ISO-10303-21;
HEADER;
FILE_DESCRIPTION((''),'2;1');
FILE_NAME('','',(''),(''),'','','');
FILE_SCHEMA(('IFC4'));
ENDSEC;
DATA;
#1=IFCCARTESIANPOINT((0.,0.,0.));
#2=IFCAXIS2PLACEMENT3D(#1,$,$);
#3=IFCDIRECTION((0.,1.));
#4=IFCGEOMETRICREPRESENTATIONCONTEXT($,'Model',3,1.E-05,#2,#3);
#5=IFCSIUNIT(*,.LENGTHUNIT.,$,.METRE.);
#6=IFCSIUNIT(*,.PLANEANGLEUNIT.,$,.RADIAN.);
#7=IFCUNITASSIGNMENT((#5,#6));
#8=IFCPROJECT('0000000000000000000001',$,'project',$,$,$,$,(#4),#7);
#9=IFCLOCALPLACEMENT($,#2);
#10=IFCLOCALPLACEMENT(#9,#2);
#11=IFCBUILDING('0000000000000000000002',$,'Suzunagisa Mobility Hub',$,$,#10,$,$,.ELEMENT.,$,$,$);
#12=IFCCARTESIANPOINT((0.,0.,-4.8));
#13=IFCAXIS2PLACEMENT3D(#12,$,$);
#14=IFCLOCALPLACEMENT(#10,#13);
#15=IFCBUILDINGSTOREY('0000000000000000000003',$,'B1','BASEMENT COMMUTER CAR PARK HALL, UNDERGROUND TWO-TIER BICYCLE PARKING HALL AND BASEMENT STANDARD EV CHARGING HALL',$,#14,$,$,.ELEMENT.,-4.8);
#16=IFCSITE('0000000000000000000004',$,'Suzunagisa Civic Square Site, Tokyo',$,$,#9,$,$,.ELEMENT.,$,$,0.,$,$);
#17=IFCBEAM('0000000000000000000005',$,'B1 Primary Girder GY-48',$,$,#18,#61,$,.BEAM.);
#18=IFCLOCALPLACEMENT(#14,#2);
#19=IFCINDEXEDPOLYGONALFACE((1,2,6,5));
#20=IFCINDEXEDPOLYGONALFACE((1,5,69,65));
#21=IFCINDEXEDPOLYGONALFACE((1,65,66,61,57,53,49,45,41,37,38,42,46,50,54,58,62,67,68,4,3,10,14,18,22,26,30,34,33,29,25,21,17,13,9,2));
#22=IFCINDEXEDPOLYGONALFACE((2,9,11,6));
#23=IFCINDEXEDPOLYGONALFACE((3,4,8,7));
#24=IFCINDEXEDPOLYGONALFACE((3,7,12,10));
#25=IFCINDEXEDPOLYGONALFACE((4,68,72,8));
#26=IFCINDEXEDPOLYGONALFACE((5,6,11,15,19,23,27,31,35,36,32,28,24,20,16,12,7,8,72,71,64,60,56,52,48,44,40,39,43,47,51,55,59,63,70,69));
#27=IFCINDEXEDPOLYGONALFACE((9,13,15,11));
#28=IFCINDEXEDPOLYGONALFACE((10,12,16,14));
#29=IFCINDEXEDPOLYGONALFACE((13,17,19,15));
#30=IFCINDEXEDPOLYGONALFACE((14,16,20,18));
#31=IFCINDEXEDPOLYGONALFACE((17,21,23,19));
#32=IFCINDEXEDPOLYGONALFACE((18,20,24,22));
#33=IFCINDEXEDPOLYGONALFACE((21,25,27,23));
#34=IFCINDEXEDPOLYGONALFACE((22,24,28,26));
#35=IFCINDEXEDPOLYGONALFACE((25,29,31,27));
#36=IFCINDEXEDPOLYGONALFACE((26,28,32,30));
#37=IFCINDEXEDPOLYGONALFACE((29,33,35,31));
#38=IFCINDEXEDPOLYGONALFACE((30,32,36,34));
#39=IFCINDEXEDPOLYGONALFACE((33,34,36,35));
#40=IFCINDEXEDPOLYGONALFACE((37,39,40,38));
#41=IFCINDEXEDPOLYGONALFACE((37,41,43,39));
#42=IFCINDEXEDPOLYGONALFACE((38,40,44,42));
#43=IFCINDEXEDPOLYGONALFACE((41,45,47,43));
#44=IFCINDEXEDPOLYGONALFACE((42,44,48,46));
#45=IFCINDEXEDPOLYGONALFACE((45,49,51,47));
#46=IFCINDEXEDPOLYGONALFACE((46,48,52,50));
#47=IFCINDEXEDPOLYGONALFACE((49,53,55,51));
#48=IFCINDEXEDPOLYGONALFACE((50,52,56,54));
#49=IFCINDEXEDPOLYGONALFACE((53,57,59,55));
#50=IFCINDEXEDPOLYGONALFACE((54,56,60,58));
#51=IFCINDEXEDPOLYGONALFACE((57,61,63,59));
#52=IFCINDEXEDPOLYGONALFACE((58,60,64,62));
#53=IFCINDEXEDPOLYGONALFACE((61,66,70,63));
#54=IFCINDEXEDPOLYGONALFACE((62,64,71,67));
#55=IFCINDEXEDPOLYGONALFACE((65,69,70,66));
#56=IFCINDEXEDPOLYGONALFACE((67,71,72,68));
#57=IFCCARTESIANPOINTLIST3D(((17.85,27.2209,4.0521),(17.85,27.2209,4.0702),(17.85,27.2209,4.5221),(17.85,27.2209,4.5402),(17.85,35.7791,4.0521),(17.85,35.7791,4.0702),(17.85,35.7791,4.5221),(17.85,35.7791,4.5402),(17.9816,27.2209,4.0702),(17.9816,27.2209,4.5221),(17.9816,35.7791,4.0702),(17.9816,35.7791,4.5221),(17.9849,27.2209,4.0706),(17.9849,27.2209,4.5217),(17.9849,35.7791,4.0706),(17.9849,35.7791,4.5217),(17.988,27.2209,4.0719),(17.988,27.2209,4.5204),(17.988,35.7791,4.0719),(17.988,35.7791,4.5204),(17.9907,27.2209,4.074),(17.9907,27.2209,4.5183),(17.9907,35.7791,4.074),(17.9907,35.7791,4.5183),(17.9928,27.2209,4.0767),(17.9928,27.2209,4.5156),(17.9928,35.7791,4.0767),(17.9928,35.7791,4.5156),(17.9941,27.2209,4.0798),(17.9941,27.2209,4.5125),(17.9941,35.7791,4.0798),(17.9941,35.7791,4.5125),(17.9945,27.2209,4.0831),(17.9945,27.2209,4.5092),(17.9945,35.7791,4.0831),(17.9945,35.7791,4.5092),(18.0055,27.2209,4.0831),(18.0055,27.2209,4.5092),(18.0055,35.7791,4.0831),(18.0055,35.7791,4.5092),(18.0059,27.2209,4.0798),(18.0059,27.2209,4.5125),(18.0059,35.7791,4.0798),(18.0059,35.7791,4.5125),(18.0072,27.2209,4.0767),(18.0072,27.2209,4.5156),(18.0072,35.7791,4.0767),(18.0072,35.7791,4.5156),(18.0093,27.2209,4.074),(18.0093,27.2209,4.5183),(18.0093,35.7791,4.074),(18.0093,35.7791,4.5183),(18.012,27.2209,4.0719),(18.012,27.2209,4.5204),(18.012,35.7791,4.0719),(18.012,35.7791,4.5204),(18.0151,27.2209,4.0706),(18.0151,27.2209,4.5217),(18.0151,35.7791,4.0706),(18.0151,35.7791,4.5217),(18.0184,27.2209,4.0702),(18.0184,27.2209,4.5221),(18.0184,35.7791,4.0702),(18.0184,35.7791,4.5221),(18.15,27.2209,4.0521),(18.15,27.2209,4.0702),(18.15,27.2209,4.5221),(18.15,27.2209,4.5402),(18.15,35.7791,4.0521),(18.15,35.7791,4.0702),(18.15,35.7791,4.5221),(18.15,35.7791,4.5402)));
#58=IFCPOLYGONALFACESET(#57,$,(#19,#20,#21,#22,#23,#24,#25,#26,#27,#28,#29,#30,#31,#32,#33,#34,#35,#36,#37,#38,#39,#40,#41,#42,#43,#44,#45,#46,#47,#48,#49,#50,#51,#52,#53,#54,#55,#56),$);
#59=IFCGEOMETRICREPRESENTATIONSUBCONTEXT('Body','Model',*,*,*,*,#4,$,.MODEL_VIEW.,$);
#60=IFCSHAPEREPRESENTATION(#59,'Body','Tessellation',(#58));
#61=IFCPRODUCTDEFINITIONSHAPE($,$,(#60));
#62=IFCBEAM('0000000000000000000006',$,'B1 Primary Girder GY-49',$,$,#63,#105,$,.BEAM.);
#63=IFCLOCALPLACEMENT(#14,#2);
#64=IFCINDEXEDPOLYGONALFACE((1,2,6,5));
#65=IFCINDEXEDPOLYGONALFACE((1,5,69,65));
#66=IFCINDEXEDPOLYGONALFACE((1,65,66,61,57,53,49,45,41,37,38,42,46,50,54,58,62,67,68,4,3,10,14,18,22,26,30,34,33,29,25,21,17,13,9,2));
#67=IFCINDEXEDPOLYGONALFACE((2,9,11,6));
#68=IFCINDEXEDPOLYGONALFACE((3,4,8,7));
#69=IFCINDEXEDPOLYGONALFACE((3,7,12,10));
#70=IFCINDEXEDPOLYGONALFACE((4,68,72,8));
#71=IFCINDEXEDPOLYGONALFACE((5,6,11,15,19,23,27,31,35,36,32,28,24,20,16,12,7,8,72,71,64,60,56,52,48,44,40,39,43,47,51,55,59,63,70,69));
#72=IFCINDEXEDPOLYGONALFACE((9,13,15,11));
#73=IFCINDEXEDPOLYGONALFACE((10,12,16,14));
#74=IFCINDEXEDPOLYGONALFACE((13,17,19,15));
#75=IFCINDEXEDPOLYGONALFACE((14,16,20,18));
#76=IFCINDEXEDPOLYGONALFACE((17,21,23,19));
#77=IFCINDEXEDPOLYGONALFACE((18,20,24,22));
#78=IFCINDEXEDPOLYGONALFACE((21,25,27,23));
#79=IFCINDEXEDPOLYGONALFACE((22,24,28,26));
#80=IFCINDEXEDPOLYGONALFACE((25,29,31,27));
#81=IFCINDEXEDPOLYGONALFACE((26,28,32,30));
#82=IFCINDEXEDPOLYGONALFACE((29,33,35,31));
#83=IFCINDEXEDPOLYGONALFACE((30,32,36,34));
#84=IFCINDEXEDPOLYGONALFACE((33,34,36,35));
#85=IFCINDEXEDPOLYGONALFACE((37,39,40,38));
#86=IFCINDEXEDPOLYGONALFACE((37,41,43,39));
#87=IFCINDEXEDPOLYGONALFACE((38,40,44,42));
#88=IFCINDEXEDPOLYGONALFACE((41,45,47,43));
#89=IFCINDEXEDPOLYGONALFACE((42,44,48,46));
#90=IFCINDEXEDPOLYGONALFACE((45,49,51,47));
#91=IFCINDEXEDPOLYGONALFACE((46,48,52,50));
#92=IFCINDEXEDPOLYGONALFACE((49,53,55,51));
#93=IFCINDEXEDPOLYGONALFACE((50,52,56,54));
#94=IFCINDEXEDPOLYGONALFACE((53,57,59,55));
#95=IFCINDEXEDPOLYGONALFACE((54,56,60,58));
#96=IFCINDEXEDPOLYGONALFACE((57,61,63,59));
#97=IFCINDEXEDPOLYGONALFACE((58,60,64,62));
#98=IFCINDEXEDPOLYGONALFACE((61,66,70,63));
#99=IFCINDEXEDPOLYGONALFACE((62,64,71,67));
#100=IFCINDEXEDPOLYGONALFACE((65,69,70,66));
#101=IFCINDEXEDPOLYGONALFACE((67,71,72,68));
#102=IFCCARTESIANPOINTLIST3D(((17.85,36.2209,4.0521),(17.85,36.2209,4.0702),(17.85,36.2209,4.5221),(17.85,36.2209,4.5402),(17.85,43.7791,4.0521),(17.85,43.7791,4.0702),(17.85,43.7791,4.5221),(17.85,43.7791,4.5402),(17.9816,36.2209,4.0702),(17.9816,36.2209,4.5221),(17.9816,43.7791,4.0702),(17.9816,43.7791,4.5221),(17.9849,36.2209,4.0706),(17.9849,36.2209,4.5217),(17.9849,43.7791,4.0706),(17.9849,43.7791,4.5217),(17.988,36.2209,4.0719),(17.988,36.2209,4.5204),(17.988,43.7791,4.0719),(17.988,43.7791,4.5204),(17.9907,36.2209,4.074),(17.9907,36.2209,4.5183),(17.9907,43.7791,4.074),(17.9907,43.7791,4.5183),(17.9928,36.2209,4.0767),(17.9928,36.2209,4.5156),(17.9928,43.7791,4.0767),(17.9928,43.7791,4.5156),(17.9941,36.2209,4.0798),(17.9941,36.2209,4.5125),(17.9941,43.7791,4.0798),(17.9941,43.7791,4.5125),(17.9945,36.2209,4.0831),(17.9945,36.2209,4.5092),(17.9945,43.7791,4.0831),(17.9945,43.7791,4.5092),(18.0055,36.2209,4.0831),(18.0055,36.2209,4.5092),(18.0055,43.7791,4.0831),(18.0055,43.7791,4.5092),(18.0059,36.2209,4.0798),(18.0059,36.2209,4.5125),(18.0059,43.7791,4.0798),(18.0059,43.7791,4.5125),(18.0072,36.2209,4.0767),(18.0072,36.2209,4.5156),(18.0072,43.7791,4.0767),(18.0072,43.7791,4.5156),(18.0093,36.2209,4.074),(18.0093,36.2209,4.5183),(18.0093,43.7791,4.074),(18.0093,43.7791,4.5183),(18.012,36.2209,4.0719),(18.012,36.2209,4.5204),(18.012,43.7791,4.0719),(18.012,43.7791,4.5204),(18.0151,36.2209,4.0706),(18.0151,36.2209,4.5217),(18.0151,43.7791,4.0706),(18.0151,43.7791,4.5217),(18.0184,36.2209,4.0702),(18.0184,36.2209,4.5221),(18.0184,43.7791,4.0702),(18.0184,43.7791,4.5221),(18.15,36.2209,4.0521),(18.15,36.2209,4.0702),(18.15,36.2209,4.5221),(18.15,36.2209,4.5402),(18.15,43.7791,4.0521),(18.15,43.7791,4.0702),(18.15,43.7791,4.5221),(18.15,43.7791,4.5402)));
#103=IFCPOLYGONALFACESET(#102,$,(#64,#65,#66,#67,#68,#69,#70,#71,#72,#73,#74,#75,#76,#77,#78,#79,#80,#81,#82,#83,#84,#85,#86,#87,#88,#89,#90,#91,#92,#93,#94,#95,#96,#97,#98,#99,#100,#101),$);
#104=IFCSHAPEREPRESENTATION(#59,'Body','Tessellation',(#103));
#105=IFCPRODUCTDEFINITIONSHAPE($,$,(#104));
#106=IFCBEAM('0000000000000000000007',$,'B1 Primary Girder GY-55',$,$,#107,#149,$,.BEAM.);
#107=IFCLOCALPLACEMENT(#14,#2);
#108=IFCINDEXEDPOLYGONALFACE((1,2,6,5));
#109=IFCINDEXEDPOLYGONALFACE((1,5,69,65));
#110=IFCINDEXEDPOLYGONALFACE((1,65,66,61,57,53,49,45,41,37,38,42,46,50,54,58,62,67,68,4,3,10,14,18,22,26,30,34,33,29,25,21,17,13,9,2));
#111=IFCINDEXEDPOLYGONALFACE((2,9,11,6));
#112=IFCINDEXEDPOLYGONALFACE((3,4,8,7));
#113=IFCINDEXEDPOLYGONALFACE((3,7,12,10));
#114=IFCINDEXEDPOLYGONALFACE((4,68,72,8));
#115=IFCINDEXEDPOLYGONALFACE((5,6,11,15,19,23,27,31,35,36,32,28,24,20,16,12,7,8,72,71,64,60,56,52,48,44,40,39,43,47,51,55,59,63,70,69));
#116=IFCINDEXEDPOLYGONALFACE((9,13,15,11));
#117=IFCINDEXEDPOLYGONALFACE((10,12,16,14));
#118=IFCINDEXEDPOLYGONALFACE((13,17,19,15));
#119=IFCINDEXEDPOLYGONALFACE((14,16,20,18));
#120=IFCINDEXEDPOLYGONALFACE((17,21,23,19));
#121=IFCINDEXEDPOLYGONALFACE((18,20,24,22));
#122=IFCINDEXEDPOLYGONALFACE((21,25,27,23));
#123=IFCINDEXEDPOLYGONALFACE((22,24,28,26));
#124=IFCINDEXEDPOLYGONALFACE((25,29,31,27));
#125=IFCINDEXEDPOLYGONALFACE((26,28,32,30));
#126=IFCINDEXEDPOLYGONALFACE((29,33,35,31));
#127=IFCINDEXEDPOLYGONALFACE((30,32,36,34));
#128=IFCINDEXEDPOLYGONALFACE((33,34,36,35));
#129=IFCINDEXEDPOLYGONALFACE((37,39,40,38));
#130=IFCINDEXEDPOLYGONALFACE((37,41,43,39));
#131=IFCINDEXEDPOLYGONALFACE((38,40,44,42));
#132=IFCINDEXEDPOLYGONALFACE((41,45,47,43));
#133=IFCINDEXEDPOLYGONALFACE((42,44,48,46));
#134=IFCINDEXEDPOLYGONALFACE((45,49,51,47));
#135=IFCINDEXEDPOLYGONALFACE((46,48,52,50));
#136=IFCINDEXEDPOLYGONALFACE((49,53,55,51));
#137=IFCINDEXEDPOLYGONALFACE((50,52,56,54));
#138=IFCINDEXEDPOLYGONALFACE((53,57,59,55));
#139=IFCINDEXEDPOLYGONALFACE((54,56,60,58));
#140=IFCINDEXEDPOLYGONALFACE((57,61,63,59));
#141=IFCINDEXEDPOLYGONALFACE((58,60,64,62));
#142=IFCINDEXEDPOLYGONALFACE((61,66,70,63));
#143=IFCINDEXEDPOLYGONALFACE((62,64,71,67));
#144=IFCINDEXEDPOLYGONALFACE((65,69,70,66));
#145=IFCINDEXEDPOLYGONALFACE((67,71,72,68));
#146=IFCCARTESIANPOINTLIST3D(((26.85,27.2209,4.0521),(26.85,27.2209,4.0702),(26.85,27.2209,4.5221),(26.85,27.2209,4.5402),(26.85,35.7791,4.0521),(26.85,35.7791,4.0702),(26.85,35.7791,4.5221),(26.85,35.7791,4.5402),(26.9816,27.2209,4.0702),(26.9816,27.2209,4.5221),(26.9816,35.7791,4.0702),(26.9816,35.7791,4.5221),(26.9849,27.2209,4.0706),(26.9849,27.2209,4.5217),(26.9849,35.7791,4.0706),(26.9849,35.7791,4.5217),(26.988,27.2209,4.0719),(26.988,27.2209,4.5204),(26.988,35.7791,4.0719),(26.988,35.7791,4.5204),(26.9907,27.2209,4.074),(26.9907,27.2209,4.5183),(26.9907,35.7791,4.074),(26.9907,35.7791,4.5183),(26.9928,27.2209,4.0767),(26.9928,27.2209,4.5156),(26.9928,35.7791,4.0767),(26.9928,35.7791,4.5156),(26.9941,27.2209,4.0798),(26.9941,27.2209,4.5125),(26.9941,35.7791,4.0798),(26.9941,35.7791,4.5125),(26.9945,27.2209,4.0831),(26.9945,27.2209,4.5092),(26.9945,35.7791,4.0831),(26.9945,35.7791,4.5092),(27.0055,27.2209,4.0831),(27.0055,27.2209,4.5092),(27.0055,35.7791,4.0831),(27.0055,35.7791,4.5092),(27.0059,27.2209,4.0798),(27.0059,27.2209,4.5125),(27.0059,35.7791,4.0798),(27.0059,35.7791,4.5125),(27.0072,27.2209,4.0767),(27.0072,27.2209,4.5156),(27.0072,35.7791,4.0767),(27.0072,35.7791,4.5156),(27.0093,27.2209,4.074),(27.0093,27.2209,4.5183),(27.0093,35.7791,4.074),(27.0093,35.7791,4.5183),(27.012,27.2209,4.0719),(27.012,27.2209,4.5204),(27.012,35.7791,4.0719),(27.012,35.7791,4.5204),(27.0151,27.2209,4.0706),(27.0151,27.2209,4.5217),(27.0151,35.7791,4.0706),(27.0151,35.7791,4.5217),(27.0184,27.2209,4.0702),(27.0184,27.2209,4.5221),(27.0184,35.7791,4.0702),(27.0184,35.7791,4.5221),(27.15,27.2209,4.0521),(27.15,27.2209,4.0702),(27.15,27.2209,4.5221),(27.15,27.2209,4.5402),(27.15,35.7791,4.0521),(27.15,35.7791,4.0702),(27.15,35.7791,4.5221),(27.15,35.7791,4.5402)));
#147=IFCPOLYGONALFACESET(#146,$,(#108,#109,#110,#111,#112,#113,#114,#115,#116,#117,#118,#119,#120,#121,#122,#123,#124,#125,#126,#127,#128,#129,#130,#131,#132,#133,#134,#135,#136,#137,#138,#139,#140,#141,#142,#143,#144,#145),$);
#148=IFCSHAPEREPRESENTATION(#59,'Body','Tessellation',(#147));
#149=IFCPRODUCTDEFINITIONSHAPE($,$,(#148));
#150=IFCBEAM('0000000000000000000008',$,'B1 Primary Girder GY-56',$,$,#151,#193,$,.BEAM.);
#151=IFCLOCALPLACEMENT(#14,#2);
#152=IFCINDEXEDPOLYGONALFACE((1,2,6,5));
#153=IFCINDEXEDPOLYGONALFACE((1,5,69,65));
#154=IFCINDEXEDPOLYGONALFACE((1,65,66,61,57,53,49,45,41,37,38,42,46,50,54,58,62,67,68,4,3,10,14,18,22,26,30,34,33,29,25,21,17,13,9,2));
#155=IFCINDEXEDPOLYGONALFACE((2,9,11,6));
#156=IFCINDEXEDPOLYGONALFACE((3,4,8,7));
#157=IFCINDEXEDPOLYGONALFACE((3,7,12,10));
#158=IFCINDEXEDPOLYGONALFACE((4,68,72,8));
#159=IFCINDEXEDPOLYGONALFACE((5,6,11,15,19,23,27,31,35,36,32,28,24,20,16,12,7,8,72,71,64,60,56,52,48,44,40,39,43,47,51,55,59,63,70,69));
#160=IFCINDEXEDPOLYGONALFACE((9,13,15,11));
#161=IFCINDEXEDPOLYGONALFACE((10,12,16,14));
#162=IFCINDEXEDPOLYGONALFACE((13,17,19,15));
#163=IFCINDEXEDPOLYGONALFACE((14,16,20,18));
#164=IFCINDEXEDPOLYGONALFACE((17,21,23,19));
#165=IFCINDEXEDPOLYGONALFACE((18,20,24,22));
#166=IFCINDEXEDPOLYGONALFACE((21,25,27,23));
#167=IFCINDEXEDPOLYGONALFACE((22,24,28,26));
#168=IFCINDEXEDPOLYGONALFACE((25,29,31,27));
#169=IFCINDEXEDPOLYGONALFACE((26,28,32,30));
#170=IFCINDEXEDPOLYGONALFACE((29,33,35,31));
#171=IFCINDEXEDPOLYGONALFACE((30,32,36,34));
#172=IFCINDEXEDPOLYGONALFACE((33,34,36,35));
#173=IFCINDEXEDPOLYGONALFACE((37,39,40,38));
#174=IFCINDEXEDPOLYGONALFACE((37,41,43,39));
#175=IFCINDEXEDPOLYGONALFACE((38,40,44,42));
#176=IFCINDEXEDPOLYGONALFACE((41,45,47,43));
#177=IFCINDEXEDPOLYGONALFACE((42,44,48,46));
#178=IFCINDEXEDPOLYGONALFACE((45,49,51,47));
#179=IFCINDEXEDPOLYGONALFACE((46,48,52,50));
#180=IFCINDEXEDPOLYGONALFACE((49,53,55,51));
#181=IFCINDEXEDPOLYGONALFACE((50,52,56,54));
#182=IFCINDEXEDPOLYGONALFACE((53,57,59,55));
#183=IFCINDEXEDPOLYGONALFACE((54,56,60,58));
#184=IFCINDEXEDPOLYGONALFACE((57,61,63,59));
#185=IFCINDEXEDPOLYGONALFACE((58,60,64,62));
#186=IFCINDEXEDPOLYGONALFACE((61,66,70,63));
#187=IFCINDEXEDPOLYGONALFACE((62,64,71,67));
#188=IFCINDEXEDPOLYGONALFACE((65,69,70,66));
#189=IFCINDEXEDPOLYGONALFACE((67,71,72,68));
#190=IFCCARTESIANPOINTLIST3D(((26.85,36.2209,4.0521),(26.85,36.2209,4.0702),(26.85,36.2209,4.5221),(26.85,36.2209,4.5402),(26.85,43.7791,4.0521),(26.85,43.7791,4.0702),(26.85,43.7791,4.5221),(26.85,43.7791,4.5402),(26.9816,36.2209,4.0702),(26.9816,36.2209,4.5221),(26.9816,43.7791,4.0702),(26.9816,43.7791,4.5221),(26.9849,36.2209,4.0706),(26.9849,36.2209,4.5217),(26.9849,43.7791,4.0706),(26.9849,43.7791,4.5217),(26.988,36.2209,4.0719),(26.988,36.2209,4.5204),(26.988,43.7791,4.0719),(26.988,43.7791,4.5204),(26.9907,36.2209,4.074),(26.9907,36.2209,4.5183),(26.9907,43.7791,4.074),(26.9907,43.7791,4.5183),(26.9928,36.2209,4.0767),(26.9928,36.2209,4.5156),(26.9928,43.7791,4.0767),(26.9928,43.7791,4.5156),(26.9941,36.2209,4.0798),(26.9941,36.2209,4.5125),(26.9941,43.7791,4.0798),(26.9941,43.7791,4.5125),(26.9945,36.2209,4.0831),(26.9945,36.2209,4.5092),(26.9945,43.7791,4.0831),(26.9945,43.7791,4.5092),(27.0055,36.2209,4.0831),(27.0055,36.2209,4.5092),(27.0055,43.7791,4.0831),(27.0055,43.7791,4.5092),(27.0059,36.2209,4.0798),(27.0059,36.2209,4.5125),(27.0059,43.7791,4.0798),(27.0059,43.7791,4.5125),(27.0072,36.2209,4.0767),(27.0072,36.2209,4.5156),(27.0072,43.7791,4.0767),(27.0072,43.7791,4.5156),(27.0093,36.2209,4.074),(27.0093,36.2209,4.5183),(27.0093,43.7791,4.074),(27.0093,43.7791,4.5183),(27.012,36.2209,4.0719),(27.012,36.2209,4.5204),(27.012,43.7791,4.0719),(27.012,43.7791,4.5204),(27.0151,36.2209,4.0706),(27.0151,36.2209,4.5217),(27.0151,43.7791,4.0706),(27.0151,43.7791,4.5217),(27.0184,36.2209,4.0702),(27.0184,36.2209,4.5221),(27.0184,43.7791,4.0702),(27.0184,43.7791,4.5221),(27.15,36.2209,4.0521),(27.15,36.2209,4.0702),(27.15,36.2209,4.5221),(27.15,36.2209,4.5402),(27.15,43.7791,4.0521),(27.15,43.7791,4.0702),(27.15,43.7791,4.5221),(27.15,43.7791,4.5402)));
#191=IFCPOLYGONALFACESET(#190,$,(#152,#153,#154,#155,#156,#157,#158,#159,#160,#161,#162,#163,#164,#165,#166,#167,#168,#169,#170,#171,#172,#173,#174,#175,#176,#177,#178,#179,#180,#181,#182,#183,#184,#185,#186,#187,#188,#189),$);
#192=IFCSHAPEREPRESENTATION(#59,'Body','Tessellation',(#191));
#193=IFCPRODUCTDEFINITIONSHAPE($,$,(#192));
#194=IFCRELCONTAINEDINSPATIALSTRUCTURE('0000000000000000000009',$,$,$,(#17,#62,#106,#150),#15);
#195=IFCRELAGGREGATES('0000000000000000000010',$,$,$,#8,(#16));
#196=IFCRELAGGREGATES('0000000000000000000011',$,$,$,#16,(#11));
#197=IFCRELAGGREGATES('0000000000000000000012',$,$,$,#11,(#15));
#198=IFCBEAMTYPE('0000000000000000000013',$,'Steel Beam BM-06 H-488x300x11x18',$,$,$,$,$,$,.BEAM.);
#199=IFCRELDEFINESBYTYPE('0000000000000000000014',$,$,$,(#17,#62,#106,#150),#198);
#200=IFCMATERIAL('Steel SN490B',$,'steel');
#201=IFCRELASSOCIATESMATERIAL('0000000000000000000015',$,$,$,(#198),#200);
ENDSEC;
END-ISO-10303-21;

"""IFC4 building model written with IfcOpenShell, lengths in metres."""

from ifc_helpers import new_model, si_unit, direction, frame, origin, origin_2d, place, context, subcontext, project, spatial, i_section, extrude, material, material_profile, profile_set, type_object, element, save


model = new_model("IFC4")

# Units and contexts
model_context = context("Model", 3, precision=1e-05, world=origin(), true_north=direction((0.0, 1.0)))
body_context = subcontext(model_context, "Body", "Model", "MODEL_VIEW")
ifc_project = project(units=[si_unit("LENGTHUNIT", "METRE"), si_unit("PLANEANGLEUNIT", "RADIAN")], contexts=[model_context])

# Site, building, storey
site_placement = place(None, origin())
site = spatial("IfcSite", under=ifc_project, at=site_placement, Name="Suzunagisa Civic Square Site, Tokyo", CompositionType="ELEMENT", RefElevation=0.0)
building_placement = place(site_placement, origin())
building = spatial("IfcBuilding", under=site, at=building_placement, Name="Suzunagisa Mobility Hub", CompositionType="ELEMENT")
storey_placement = place(building_placement, frame((0.0, 0.0, -4.8)))
storey = spatial("IfcBuildingStorey", under=building, at=storey_placement, Name="B1", Description="BASEMENT COMMUTER CAR PARK HALL, UNDERGROUND TWO-TIER BICYCLE PARKING HALL AND BASEMENT STANDARD EV CHARGING HALL", CompositionType="ELEMENT", Elevation=-4.8)

# Shared definitions
ifc_material_1 = material(Name="Steel SN490B", Category="steel")

# Beams
ifc_material_profile_1 = material_profile(ifc_material_1, i_section(OverallWidth=0.3, OverallDepth=0.488, WebThickness=0.011, FlangeThickness=0.0181, FilletRadius=0.0129, at=origin_2d()), Name="H-488x300x11x18")
ifc_profile_set_1 = profile_set([ifc_material_profile_1], Name="Steel SN490B")
beam_type_1 = type_object("IfcBeamType", Name="Steel Beam BM-06 H-488x300x11x18", PredefinedType="BEAM", material=ifc_profile_set_1)
beam_1_placement = place(storey_placement, frame((18.0, 27.2209, 4.2961), z_axis=(0.0, 1.0, 0.0), x_axis=(-1.0, 0.0, 0.0)))
element("IfcBeam", 1, at=beam_1_placement, inside=storey, type_object=beam_type_1, Name="B1 Primary Girder GY-48", PredefinedType="BEAM", context=body_context, shape_type="SweptSolid", body=[
    extrude(i_section(OverallWidth=0.3, OverallDepth=0.488, WebThickness=0.011, FlangeThickness=0.0181, FilletRadius=0.0129, at=origin_2d()), origin(), (0.0, 0.0, 1.0), 8.5581),
])
beam_2_placement = place(storey_placement, frame((18.0, 36.2209, 4.2961), z_axis=(0.0, 1.0, 0.0), x_axis=(-1.0, 0.0, 0.0)))
element("IfcBeam", 2, at=beam_2_placement, inside=storey, type_object=beam_type_1, Name="B1 Primary Girder GY-49", PredefinedType="BEAM", context=body_context, shape_type="SweptSolid", body=[
    extrude(i_section(OverallWidth=0.3, OverallDepth=0.488, WebThickness=0.011, FlangeThickness=0.0181, FilletRadius=0.0129, at=origin_2d()), origin(), (0.0, 0.0, 1.0), 7.5581),
])
beam_3_placement = place(storey_placement, frame((27.0, 27.2209, 4.2961), z_axis=(0.0, 1.0, 0.0), x_axis=(-1.0, 0.0, 0.0)))
element("IfcBeam", 3, at=beam_3_placement, inside=storey, type_object=beam_type_1, Name="B1 Primary Girder GY-55", PredefinedType="BEAM", context=body_context, shape_type="SweptSolid", body=[
    extrude(i_section(OverallWidth=0.3, OverallDepth=0.488, WebThickness=0.011, FlangeThickness=0.0181, FilletRadius=0.0129, at=origin_2d()), origin(), (0.0, 0.0, 1.0), 8.5581),
])
beam_4_placement = place(storey_placement, frame((27.0, 36.2209, 4.2961), z_axis=(0.0, 1.0, 0.0), x_axis=(-1.0, 0.0, 0.0)))
element("IfcBeam", 4, at=beam_4_placement, inside=storey, type_object=beam_type_1, Name="B1 Primary Girder GY-56", PredefinedType="BEAM", context=body_context, shape_type="SweptSolid", body=[
    extrude(i_section(OverallWidth=0.3, OverallDepth=0.488, WebThickness=0.011, FlangeThickness=0.0181, FilletRadius=0.0129, at=origin_2d()), origin(), (0.0, 0.0, 1.0), 7.5581),
])

save(model, "model.ifc")
